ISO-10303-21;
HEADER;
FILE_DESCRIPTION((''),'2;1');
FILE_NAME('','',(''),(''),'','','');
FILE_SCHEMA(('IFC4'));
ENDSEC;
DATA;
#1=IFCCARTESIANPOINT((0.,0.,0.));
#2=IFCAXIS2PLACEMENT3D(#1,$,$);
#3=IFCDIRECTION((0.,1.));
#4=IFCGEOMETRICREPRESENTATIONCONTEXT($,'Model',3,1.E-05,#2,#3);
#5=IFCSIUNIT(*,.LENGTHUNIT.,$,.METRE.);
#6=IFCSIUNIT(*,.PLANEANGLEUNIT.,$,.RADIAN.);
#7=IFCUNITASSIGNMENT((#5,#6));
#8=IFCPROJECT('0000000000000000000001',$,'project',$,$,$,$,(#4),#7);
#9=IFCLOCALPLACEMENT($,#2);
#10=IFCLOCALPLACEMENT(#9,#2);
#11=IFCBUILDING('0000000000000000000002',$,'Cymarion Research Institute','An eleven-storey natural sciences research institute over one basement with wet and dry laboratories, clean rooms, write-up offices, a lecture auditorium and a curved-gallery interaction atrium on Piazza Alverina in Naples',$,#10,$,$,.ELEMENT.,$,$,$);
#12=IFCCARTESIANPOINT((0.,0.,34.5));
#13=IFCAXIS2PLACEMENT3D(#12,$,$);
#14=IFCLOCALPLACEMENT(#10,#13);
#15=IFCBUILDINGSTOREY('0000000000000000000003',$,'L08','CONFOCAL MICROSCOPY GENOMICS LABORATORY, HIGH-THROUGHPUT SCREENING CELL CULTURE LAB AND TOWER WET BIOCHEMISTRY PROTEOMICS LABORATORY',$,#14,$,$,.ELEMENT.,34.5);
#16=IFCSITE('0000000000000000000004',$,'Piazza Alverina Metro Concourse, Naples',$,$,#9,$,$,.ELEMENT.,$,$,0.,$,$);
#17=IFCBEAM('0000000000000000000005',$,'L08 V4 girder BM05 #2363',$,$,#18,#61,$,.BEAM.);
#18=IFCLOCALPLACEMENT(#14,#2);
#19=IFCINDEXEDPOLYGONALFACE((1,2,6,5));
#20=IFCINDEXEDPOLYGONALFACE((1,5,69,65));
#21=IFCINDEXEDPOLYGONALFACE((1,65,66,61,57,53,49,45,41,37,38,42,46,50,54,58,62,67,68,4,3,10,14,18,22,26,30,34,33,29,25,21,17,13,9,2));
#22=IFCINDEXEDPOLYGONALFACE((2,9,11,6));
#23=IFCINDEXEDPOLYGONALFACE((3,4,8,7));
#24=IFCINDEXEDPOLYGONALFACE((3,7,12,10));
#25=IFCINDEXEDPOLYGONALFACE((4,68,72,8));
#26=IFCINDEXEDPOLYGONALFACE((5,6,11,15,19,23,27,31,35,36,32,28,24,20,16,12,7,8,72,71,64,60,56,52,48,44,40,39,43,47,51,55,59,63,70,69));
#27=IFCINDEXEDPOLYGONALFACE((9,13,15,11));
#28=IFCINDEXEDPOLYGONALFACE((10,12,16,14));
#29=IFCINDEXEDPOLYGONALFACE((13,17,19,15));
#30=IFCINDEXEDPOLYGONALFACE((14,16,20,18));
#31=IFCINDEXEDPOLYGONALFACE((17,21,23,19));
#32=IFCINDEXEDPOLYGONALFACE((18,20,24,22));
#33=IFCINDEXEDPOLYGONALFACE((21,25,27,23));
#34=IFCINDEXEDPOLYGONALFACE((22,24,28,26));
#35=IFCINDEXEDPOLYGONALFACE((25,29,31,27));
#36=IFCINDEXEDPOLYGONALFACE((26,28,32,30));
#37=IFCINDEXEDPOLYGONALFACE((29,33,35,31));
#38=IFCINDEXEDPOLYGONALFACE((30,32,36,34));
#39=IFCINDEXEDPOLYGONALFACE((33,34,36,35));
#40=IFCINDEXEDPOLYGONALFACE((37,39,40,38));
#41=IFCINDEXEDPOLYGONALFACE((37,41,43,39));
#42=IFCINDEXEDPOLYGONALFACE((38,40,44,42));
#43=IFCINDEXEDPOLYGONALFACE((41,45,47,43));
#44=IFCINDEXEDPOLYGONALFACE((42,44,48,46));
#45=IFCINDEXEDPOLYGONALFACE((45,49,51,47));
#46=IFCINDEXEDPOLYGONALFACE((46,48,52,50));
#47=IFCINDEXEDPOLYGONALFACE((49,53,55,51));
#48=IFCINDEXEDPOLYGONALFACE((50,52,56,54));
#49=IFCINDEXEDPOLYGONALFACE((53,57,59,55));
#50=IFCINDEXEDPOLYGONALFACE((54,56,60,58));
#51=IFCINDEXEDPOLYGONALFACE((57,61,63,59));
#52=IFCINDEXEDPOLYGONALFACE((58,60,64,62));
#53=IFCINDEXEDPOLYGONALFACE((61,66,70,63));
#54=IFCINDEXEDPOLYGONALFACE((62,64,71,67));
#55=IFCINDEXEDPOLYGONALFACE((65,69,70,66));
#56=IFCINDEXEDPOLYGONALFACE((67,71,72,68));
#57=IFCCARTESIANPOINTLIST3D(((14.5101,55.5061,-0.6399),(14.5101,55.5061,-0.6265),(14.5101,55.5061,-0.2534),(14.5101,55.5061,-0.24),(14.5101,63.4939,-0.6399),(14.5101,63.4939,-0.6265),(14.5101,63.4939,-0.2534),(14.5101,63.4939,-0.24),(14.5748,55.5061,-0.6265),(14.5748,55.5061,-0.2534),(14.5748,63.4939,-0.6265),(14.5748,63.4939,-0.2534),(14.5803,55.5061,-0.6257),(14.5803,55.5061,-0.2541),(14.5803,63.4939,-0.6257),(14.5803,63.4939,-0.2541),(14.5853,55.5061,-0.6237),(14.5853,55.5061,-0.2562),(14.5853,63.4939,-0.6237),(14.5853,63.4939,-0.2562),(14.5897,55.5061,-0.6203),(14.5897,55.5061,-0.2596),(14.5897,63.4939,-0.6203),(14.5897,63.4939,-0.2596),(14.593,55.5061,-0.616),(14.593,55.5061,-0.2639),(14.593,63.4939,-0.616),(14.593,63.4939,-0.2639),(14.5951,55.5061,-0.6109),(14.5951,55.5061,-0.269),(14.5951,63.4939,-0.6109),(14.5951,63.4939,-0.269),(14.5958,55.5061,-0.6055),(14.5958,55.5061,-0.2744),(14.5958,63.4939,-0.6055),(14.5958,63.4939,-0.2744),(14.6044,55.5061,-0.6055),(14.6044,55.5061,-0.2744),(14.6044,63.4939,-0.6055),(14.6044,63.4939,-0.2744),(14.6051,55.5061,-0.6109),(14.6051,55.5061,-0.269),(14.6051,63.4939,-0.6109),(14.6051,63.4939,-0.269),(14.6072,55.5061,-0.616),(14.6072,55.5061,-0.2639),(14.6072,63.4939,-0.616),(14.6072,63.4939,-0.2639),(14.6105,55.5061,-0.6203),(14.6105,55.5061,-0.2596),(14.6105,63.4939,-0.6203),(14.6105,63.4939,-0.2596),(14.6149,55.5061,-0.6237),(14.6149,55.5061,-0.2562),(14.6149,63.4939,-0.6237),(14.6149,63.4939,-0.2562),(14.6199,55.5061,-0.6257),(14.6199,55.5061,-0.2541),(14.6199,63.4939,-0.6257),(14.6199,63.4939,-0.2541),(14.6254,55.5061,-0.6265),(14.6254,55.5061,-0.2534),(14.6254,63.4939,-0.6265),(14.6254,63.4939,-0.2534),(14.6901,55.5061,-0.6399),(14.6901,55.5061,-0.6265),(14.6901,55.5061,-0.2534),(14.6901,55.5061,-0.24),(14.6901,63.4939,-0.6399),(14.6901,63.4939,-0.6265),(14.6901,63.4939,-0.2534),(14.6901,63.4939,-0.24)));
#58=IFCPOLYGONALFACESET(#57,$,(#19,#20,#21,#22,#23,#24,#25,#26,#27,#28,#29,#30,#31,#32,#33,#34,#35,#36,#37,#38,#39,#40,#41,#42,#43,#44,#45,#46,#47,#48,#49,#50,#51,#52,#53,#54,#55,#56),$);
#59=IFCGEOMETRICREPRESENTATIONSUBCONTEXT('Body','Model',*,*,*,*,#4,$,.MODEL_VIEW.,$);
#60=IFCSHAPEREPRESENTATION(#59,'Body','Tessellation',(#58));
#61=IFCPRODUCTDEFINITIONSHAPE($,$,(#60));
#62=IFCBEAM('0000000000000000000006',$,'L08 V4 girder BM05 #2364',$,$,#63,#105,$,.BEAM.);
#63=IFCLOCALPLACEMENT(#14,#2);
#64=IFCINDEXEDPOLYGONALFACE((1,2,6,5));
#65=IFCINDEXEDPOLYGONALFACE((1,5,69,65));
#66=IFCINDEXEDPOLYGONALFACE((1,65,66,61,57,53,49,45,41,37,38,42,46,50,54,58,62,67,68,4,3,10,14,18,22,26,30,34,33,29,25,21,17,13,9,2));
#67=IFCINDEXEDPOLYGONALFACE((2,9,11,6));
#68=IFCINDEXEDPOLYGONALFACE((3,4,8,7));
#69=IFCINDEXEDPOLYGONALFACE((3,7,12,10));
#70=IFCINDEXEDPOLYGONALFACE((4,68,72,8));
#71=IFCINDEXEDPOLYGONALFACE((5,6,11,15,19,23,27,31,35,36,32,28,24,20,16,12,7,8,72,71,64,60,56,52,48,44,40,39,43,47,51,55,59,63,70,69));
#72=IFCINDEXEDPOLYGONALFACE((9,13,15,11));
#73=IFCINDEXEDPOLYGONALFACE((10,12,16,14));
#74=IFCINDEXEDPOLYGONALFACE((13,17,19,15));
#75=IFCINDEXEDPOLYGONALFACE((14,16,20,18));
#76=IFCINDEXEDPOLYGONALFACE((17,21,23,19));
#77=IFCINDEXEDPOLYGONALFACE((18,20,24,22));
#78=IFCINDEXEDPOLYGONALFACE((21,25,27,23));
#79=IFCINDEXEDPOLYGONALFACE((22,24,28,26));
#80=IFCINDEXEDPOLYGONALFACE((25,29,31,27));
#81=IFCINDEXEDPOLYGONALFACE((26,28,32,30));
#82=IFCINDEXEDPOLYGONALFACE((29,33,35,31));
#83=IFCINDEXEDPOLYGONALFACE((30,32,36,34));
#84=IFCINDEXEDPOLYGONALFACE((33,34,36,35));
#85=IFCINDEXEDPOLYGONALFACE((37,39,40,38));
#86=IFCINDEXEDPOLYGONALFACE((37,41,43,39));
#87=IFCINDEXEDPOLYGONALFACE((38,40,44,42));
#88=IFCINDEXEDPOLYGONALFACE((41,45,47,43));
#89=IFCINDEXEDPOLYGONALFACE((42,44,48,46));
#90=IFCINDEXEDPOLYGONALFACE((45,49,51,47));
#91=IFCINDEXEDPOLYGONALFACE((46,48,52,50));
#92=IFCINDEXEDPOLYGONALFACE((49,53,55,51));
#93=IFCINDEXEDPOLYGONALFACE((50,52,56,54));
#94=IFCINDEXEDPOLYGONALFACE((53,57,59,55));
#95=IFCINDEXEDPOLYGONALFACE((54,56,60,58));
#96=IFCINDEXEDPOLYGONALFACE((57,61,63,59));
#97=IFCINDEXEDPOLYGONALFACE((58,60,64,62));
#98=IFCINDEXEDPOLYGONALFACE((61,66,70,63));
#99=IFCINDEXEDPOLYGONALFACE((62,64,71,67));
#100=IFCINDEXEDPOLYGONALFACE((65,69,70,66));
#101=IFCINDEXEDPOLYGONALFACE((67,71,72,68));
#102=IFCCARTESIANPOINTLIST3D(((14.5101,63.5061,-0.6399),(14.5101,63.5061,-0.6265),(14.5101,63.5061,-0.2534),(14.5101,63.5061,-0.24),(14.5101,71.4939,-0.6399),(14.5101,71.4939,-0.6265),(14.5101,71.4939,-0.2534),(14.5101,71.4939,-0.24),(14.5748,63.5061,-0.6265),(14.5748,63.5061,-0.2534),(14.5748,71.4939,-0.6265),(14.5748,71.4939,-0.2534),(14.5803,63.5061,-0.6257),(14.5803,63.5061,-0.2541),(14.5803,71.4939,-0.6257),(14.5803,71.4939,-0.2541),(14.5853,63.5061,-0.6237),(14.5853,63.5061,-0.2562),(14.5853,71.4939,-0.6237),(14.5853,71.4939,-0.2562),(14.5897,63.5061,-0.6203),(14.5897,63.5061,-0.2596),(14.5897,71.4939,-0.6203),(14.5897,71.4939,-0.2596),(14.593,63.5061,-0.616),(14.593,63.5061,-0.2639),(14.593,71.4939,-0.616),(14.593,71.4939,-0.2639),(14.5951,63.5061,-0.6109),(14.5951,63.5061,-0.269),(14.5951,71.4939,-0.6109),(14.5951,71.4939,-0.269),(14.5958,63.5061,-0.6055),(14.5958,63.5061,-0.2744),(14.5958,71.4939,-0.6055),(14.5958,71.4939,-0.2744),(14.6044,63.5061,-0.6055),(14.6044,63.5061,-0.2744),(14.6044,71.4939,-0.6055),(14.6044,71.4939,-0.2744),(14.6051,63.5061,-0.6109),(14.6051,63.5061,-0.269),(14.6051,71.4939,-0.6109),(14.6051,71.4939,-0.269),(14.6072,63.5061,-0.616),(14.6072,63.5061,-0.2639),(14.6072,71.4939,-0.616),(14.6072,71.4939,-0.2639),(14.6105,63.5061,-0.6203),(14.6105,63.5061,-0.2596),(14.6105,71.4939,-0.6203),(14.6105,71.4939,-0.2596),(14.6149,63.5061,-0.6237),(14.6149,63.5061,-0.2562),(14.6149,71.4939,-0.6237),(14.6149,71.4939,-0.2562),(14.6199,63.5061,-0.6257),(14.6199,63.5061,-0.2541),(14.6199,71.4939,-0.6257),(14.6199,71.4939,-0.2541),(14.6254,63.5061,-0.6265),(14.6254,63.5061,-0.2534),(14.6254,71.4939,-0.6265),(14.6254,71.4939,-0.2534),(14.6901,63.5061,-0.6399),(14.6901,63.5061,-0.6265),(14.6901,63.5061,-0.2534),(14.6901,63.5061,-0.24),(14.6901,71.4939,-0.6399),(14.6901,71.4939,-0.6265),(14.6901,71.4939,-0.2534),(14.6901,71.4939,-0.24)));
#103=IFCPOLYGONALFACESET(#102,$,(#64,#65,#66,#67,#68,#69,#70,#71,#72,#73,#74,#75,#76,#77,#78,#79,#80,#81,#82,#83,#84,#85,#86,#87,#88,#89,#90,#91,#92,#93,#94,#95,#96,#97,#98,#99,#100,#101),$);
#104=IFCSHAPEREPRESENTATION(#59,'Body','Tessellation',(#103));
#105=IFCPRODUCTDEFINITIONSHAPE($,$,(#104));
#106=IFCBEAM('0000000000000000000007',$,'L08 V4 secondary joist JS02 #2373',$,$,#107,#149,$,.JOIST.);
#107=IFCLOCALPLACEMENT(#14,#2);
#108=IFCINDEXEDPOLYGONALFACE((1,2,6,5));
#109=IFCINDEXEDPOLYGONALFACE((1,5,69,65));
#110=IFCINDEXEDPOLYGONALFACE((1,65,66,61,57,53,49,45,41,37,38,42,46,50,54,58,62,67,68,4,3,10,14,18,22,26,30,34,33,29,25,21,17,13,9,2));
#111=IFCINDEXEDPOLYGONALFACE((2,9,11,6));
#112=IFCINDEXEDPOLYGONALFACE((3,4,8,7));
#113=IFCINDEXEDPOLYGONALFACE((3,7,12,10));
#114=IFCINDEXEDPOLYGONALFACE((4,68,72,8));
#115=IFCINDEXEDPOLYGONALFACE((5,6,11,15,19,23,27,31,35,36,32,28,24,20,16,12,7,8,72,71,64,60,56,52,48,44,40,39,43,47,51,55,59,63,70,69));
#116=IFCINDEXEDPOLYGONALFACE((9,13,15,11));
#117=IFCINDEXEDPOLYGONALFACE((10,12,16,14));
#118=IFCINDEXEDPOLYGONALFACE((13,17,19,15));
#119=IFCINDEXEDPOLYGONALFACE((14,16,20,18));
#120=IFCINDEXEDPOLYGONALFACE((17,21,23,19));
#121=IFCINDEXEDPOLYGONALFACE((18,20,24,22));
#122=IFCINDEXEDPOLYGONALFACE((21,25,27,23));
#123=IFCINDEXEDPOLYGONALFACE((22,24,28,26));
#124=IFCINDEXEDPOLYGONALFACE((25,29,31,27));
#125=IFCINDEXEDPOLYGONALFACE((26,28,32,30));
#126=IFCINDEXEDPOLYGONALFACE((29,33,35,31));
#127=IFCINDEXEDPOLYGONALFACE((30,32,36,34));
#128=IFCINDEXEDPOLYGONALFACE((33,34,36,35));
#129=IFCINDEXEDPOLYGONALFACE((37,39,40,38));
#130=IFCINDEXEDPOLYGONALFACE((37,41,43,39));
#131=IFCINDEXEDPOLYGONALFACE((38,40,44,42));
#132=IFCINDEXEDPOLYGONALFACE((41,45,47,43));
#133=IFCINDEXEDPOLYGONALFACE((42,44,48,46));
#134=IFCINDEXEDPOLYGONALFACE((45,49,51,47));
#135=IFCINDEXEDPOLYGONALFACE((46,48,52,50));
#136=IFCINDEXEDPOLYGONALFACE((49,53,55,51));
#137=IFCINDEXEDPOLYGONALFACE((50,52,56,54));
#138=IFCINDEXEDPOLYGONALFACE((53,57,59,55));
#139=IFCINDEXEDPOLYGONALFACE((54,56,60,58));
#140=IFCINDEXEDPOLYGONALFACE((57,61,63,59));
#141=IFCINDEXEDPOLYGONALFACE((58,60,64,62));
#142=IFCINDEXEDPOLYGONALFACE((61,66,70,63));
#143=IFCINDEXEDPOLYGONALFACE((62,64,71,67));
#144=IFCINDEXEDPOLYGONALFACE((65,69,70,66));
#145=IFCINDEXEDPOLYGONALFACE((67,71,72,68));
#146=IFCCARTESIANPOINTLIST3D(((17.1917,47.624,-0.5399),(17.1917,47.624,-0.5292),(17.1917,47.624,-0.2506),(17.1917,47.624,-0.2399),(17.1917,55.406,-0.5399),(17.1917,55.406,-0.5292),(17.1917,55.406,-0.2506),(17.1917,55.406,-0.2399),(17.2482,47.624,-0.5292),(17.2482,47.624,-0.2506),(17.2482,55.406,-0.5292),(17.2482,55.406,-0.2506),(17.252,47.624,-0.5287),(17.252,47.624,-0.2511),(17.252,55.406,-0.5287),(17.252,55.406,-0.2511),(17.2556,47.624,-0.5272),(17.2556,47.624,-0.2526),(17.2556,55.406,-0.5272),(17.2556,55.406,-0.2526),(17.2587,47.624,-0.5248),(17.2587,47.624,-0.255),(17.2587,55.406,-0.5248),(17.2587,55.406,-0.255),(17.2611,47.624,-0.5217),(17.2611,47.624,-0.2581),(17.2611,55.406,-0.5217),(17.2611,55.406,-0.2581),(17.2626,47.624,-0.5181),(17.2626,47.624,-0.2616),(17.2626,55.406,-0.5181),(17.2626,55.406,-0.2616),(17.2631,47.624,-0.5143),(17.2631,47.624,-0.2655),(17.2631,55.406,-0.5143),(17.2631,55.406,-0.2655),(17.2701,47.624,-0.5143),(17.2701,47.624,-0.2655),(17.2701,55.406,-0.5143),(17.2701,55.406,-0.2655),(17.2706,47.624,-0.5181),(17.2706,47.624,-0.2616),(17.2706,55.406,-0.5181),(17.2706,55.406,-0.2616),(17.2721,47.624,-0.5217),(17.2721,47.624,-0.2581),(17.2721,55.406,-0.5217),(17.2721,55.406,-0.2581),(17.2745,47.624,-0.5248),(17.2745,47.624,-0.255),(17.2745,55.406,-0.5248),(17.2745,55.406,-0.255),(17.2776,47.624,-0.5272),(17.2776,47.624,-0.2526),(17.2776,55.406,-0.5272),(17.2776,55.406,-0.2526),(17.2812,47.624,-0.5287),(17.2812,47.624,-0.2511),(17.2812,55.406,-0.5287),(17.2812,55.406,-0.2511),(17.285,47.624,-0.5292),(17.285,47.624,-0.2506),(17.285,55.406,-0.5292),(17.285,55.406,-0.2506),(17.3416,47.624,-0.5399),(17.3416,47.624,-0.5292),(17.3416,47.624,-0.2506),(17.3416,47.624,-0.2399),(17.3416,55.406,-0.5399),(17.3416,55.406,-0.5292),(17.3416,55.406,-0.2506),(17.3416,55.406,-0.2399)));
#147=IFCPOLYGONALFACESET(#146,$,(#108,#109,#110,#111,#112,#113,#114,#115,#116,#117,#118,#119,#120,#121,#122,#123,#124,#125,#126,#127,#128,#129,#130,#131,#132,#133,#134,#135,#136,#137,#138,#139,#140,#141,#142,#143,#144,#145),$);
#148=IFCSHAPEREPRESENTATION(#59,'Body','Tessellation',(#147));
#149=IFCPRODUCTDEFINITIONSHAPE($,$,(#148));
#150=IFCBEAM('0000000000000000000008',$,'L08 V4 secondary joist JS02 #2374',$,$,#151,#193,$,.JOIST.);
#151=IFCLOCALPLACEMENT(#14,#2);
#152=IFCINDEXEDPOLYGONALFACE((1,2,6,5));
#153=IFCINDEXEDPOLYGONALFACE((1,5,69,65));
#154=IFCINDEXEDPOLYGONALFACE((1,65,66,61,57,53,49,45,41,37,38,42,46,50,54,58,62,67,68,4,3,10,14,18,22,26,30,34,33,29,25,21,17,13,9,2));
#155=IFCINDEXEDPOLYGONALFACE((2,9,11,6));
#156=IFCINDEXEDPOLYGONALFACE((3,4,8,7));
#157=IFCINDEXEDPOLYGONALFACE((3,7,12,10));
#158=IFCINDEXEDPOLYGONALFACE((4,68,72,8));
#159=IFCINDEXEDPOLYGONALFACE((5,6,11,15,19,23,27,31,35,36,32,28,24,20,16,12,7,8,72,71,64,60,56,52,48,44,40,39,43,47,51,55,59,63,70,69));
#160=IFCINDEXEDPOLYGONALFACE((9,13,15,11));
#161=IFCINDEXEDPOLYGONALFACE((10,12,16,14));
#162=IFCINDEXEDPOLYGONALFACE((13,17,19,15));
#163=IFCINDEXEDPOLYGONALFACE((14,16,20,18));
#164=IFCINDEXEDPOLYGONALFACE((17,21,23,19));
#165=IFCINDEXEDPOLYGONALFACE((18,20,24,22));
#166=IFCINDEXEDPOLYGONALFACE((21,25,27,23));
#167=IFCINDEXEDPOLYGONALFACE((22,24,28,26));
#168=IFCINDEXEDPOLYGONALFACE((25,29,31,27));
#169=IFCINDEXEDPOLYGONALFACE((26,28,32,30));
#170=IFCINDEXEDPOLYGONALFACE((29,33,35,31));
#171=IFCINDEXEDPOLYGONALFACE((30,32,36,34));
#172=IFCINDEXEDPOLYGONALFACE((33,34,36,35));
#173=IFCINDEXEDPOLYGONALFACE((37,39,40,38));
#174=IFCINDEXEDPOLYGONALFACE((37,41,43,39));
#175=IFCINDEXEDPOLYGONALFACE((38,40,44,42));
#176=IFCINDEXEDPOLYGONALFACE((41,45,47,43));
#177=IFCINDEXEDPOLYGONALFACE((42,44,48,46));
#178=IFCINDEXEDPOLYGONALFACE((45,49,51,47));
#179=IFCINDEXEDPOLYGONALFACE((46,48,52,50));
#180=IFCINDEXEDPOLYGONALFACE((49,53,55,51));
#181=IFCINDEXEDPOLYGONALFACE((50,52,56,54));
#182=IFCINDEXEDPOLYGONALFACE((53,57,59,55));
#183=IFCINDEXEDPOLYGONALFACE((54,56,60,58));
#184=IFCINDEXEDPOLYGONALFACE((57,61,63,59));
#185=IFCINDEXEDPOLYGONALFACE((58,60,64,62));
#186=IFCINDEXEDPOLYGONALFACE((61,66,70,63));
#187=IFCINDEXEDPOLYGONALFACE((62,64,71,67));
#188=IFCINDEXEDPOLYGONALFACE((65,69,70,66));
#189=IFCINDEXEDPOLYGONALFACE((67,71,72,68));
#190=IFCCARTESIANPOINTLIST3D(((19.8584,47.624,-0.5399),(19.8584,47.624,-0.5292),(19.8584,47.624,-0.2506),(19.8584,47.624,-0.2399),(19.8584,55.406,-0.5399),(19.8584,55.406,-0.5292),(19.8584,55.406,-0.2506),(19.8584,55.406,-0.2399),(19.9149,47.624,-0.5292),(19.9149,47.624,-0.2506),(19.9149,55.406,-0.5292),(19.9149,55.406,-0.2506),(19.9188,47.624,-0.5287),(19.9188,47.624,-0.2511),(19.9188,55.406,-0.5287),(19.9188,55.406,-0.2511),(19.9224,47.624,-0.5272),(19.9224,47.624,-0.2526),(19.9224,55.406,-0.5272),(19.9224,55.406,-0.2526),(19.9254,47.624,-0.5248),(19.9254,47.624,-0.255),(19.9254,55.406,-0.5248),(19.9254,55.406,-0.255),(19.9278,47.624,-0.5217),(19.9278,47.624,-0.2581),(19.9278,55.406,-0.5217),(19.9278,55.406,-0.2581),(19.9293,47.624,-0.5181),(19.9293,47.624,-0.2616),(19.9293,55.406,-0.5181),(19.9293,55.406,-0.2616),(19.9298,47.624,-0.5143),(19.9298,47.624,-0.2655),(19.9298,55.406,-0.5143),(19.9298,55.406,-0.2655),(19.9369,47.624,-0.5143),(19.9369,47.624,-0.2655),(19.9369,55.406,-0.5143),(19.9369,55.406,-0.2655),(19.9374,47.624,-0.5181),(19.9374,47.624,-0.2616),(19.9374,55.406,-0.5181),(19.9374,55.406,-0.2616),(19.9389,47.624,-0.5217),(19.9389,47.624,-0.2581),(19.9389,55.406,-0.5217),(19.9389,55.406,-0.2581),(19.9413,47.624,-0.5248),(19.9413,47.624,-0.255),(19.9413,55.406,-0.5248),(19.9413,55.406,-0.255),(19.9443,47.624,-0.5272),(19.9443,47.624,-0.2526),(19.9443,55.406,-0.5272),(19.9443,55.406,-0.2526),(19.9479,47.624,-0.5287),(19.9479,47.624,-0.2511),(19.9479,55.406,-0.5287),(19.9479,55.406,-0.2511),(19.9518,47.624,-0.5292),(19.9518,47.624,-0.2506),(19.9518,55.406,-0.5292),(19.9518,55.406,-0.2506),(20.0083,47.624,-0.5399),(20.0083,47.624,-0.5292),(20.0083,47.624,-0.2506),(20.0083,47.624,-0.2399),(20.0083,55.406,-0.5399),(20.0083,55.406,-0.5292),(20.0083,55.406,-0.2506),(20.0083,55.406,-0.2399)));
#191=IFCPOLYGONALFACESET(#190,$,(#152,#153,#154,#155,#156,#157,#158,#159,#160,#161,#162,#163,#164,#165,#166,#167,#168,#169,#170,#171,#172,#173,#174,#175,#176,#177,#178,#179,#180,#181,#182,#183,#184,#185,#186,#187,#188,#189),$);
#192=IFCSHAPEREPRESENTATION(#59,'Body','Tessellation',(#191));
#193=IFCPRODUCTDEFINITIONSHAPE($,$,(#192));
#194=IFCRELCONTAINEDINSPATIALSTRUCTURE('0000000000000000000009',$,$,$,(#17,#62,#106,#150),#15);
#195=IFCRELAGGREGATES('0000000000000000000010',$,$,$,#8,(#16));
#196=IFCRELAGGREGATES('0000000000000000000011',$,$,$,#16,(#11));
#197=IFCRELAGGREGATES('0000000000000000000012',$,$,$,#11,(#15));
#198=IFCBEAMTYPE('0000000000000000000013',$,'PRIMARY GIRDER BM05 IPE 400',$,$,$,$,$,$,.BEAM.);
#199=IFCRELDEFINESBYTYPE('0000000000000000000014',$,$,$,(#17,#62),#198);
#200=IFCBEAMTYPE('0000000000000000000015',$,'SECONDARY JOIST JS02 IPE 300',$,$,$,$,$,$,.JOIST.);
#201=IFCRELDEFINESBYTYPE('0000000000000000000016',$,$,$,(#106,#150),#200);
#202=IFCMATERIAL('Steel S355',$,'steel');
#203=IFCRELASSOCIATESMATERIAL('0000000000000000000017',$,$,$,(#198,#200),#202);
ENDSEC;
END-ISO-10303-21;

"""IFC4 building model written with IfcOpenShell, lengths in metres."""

from ifc_helpers import new_model, si_unit, direction, frame, origin, origin_2d, place, context, subcontext, project, spatial, i_section, extrude, material, material_profile, profile_set, type_object, element, save


model = new_model("IFC4")

# Units and contexts
model_context = context("Model", 3, precision=1e-05, world=origin(), true_north=direction((0.0, 1.0)))
body_context = subcontext(model_context, "Body", "Model", "MODEL_VIEW")
ifc_project = project(units=[si_unit("LENGTHUNIT", "METRE"), si_unit("PLANEANGLEUNIT", "RADIAN")], contexts=[model_context])

# Site, building, storey
site_placement = place(None, origin())
site = spatial("IfcSite", under=ifc_project, at=site_placement, Name="Piazza Alverina Metro Concourse, Naples", CompositionType="ELEMENT", RefElevation=0.0)
building_placement = place(site_placement, origin())
building = spatial("IfcBuilding", under=site, at=building_placement, Name="Cymarion Research Institute", Description="An eleven-storey natural sciences research institute over one basement with wet and dry laboratories, clean rooms, write-up offices, a lecture auditorium and a curved-gallery interaction atrium on Piazza Alverina in Naples", CompositionType="ELEMENT")
storey_placement = place(building_placement, frame((0.0, 0.0, 34.5)))
storey = spatial("IfcBuildingStorey", under=building, at=storey_placement, Name="L08", Description="CONFOCAL MICROSCOPY GENOMICS LABORATORY, HIGH-THROUGHPUT SCREENING CELL CULTURE LAB AND TOWER WET BIOCHEMISTRY PROTEOMICS LABORATORY", CompositionType="ELEMENT", Elevation=34.5)

# Beams
ifc_material_1 = material(Name="Steel S355", Category="steel")
ifc_material_profile_1 = material_profile(ifc_material_1, i_section(OverallWidth=0.1799, OverallDepth=0.3999, WebThickness=0.0085, FlangeThickness=0.0134, FilletRadius=0.021, at=origin_2d()), Name="IPE 400")
ifc_profile_set_1 = profile_set([ifc_material_profile_1], Name="Steel S355")
beam_type_1 = type_object("IfcBeamType", Name="PRIMARY GIRDER BM05 IPE 400", PredefinedType="BEAM", material=ifc_profile_set_1)
for number, where, z_axis, x_axis, name in (
    (1, (14.6001, 55.5061, -0.4399), (0.0, 1.0, 0.0), (-1.0, 0.0, 0.0), "L08 V4 girder BM05 #2363"),
    (2, (14.6001, 63.5061, -0.4399), (0.0, 1.0, 0.0), (-1.0, 0.0, 0.0), "L08 V4 girder BM05 #2364"),
):
    element("IfcBeam", number, at=place(storey_placement, frame(where, z_axis=z_axis, x_axis=x_axis)), inside=storey, type_object=beam_type_1, Name=name, PredefinedType="BEAM", context=body_context, shape_type="SweptSolid", body=[
        extrude(i_section(OverallWidth=0.1799, OverallDepth=0.3999, WebThickness=0.0085, FlangeThickness=0.0134, FilletRadius=0.021, at=origin_2d()), origin(), (0.0, 0.0, 1.0), 7.9878),
    ])
ifc_material_profile_2 = material_profile(ifc_material_1, i_section(OverallWidth=0.1499, OverallDepth=0.3, WebThickness=0.0071, FlangeThickness=0.0107, FilletRadius=0.0149, at=origin_2d()), Name="IPE 300")
ifc_profile_set_2 = profile_set([ifc_material_profile_2], Name="Steel S355")
beam_type_2 = type_object("IfcBeamType", Name="SECONDARY JOIST JS02 IPE 300", PredefinedType="JOIST", material=ifc_profile_set_2)
for number, where, z_axis, x_axis, name in (
    (3, (17.2666, 47.624, -0.3899), (0.0, 1.0, 0.0), (-1.0, 0.0, 0.0), "L08 V4 secondary joist JS02 #2373"),
    (4, (19.9333, 47.624, -0.3899), (0.0, 1.0, 0.0), (-1.0, 0.0, 0.0), "L08 V4 secondary joist JS02 #2374"),
):
    element("IfcBeam", number, at=place(storey_placement, frame(where, z_axis=z_axis, x_axis=x_axis)), inside=storey, type_object=beam_type_2, Name=name, PredefinedType="JOIST", context=body_context, shape_type="SweptSolid", body=[
        extrude(i_section(OverallWidth=0.1499, OverallDepth=0.3, WebThickness=0.0071, FlangeThickness=0.0107, FilletRadius=0.0149, at=origin_2d()), origin(), (0.0, 0.0, 1.0), 7.782),
    ])

save(model, "model.ifc")
